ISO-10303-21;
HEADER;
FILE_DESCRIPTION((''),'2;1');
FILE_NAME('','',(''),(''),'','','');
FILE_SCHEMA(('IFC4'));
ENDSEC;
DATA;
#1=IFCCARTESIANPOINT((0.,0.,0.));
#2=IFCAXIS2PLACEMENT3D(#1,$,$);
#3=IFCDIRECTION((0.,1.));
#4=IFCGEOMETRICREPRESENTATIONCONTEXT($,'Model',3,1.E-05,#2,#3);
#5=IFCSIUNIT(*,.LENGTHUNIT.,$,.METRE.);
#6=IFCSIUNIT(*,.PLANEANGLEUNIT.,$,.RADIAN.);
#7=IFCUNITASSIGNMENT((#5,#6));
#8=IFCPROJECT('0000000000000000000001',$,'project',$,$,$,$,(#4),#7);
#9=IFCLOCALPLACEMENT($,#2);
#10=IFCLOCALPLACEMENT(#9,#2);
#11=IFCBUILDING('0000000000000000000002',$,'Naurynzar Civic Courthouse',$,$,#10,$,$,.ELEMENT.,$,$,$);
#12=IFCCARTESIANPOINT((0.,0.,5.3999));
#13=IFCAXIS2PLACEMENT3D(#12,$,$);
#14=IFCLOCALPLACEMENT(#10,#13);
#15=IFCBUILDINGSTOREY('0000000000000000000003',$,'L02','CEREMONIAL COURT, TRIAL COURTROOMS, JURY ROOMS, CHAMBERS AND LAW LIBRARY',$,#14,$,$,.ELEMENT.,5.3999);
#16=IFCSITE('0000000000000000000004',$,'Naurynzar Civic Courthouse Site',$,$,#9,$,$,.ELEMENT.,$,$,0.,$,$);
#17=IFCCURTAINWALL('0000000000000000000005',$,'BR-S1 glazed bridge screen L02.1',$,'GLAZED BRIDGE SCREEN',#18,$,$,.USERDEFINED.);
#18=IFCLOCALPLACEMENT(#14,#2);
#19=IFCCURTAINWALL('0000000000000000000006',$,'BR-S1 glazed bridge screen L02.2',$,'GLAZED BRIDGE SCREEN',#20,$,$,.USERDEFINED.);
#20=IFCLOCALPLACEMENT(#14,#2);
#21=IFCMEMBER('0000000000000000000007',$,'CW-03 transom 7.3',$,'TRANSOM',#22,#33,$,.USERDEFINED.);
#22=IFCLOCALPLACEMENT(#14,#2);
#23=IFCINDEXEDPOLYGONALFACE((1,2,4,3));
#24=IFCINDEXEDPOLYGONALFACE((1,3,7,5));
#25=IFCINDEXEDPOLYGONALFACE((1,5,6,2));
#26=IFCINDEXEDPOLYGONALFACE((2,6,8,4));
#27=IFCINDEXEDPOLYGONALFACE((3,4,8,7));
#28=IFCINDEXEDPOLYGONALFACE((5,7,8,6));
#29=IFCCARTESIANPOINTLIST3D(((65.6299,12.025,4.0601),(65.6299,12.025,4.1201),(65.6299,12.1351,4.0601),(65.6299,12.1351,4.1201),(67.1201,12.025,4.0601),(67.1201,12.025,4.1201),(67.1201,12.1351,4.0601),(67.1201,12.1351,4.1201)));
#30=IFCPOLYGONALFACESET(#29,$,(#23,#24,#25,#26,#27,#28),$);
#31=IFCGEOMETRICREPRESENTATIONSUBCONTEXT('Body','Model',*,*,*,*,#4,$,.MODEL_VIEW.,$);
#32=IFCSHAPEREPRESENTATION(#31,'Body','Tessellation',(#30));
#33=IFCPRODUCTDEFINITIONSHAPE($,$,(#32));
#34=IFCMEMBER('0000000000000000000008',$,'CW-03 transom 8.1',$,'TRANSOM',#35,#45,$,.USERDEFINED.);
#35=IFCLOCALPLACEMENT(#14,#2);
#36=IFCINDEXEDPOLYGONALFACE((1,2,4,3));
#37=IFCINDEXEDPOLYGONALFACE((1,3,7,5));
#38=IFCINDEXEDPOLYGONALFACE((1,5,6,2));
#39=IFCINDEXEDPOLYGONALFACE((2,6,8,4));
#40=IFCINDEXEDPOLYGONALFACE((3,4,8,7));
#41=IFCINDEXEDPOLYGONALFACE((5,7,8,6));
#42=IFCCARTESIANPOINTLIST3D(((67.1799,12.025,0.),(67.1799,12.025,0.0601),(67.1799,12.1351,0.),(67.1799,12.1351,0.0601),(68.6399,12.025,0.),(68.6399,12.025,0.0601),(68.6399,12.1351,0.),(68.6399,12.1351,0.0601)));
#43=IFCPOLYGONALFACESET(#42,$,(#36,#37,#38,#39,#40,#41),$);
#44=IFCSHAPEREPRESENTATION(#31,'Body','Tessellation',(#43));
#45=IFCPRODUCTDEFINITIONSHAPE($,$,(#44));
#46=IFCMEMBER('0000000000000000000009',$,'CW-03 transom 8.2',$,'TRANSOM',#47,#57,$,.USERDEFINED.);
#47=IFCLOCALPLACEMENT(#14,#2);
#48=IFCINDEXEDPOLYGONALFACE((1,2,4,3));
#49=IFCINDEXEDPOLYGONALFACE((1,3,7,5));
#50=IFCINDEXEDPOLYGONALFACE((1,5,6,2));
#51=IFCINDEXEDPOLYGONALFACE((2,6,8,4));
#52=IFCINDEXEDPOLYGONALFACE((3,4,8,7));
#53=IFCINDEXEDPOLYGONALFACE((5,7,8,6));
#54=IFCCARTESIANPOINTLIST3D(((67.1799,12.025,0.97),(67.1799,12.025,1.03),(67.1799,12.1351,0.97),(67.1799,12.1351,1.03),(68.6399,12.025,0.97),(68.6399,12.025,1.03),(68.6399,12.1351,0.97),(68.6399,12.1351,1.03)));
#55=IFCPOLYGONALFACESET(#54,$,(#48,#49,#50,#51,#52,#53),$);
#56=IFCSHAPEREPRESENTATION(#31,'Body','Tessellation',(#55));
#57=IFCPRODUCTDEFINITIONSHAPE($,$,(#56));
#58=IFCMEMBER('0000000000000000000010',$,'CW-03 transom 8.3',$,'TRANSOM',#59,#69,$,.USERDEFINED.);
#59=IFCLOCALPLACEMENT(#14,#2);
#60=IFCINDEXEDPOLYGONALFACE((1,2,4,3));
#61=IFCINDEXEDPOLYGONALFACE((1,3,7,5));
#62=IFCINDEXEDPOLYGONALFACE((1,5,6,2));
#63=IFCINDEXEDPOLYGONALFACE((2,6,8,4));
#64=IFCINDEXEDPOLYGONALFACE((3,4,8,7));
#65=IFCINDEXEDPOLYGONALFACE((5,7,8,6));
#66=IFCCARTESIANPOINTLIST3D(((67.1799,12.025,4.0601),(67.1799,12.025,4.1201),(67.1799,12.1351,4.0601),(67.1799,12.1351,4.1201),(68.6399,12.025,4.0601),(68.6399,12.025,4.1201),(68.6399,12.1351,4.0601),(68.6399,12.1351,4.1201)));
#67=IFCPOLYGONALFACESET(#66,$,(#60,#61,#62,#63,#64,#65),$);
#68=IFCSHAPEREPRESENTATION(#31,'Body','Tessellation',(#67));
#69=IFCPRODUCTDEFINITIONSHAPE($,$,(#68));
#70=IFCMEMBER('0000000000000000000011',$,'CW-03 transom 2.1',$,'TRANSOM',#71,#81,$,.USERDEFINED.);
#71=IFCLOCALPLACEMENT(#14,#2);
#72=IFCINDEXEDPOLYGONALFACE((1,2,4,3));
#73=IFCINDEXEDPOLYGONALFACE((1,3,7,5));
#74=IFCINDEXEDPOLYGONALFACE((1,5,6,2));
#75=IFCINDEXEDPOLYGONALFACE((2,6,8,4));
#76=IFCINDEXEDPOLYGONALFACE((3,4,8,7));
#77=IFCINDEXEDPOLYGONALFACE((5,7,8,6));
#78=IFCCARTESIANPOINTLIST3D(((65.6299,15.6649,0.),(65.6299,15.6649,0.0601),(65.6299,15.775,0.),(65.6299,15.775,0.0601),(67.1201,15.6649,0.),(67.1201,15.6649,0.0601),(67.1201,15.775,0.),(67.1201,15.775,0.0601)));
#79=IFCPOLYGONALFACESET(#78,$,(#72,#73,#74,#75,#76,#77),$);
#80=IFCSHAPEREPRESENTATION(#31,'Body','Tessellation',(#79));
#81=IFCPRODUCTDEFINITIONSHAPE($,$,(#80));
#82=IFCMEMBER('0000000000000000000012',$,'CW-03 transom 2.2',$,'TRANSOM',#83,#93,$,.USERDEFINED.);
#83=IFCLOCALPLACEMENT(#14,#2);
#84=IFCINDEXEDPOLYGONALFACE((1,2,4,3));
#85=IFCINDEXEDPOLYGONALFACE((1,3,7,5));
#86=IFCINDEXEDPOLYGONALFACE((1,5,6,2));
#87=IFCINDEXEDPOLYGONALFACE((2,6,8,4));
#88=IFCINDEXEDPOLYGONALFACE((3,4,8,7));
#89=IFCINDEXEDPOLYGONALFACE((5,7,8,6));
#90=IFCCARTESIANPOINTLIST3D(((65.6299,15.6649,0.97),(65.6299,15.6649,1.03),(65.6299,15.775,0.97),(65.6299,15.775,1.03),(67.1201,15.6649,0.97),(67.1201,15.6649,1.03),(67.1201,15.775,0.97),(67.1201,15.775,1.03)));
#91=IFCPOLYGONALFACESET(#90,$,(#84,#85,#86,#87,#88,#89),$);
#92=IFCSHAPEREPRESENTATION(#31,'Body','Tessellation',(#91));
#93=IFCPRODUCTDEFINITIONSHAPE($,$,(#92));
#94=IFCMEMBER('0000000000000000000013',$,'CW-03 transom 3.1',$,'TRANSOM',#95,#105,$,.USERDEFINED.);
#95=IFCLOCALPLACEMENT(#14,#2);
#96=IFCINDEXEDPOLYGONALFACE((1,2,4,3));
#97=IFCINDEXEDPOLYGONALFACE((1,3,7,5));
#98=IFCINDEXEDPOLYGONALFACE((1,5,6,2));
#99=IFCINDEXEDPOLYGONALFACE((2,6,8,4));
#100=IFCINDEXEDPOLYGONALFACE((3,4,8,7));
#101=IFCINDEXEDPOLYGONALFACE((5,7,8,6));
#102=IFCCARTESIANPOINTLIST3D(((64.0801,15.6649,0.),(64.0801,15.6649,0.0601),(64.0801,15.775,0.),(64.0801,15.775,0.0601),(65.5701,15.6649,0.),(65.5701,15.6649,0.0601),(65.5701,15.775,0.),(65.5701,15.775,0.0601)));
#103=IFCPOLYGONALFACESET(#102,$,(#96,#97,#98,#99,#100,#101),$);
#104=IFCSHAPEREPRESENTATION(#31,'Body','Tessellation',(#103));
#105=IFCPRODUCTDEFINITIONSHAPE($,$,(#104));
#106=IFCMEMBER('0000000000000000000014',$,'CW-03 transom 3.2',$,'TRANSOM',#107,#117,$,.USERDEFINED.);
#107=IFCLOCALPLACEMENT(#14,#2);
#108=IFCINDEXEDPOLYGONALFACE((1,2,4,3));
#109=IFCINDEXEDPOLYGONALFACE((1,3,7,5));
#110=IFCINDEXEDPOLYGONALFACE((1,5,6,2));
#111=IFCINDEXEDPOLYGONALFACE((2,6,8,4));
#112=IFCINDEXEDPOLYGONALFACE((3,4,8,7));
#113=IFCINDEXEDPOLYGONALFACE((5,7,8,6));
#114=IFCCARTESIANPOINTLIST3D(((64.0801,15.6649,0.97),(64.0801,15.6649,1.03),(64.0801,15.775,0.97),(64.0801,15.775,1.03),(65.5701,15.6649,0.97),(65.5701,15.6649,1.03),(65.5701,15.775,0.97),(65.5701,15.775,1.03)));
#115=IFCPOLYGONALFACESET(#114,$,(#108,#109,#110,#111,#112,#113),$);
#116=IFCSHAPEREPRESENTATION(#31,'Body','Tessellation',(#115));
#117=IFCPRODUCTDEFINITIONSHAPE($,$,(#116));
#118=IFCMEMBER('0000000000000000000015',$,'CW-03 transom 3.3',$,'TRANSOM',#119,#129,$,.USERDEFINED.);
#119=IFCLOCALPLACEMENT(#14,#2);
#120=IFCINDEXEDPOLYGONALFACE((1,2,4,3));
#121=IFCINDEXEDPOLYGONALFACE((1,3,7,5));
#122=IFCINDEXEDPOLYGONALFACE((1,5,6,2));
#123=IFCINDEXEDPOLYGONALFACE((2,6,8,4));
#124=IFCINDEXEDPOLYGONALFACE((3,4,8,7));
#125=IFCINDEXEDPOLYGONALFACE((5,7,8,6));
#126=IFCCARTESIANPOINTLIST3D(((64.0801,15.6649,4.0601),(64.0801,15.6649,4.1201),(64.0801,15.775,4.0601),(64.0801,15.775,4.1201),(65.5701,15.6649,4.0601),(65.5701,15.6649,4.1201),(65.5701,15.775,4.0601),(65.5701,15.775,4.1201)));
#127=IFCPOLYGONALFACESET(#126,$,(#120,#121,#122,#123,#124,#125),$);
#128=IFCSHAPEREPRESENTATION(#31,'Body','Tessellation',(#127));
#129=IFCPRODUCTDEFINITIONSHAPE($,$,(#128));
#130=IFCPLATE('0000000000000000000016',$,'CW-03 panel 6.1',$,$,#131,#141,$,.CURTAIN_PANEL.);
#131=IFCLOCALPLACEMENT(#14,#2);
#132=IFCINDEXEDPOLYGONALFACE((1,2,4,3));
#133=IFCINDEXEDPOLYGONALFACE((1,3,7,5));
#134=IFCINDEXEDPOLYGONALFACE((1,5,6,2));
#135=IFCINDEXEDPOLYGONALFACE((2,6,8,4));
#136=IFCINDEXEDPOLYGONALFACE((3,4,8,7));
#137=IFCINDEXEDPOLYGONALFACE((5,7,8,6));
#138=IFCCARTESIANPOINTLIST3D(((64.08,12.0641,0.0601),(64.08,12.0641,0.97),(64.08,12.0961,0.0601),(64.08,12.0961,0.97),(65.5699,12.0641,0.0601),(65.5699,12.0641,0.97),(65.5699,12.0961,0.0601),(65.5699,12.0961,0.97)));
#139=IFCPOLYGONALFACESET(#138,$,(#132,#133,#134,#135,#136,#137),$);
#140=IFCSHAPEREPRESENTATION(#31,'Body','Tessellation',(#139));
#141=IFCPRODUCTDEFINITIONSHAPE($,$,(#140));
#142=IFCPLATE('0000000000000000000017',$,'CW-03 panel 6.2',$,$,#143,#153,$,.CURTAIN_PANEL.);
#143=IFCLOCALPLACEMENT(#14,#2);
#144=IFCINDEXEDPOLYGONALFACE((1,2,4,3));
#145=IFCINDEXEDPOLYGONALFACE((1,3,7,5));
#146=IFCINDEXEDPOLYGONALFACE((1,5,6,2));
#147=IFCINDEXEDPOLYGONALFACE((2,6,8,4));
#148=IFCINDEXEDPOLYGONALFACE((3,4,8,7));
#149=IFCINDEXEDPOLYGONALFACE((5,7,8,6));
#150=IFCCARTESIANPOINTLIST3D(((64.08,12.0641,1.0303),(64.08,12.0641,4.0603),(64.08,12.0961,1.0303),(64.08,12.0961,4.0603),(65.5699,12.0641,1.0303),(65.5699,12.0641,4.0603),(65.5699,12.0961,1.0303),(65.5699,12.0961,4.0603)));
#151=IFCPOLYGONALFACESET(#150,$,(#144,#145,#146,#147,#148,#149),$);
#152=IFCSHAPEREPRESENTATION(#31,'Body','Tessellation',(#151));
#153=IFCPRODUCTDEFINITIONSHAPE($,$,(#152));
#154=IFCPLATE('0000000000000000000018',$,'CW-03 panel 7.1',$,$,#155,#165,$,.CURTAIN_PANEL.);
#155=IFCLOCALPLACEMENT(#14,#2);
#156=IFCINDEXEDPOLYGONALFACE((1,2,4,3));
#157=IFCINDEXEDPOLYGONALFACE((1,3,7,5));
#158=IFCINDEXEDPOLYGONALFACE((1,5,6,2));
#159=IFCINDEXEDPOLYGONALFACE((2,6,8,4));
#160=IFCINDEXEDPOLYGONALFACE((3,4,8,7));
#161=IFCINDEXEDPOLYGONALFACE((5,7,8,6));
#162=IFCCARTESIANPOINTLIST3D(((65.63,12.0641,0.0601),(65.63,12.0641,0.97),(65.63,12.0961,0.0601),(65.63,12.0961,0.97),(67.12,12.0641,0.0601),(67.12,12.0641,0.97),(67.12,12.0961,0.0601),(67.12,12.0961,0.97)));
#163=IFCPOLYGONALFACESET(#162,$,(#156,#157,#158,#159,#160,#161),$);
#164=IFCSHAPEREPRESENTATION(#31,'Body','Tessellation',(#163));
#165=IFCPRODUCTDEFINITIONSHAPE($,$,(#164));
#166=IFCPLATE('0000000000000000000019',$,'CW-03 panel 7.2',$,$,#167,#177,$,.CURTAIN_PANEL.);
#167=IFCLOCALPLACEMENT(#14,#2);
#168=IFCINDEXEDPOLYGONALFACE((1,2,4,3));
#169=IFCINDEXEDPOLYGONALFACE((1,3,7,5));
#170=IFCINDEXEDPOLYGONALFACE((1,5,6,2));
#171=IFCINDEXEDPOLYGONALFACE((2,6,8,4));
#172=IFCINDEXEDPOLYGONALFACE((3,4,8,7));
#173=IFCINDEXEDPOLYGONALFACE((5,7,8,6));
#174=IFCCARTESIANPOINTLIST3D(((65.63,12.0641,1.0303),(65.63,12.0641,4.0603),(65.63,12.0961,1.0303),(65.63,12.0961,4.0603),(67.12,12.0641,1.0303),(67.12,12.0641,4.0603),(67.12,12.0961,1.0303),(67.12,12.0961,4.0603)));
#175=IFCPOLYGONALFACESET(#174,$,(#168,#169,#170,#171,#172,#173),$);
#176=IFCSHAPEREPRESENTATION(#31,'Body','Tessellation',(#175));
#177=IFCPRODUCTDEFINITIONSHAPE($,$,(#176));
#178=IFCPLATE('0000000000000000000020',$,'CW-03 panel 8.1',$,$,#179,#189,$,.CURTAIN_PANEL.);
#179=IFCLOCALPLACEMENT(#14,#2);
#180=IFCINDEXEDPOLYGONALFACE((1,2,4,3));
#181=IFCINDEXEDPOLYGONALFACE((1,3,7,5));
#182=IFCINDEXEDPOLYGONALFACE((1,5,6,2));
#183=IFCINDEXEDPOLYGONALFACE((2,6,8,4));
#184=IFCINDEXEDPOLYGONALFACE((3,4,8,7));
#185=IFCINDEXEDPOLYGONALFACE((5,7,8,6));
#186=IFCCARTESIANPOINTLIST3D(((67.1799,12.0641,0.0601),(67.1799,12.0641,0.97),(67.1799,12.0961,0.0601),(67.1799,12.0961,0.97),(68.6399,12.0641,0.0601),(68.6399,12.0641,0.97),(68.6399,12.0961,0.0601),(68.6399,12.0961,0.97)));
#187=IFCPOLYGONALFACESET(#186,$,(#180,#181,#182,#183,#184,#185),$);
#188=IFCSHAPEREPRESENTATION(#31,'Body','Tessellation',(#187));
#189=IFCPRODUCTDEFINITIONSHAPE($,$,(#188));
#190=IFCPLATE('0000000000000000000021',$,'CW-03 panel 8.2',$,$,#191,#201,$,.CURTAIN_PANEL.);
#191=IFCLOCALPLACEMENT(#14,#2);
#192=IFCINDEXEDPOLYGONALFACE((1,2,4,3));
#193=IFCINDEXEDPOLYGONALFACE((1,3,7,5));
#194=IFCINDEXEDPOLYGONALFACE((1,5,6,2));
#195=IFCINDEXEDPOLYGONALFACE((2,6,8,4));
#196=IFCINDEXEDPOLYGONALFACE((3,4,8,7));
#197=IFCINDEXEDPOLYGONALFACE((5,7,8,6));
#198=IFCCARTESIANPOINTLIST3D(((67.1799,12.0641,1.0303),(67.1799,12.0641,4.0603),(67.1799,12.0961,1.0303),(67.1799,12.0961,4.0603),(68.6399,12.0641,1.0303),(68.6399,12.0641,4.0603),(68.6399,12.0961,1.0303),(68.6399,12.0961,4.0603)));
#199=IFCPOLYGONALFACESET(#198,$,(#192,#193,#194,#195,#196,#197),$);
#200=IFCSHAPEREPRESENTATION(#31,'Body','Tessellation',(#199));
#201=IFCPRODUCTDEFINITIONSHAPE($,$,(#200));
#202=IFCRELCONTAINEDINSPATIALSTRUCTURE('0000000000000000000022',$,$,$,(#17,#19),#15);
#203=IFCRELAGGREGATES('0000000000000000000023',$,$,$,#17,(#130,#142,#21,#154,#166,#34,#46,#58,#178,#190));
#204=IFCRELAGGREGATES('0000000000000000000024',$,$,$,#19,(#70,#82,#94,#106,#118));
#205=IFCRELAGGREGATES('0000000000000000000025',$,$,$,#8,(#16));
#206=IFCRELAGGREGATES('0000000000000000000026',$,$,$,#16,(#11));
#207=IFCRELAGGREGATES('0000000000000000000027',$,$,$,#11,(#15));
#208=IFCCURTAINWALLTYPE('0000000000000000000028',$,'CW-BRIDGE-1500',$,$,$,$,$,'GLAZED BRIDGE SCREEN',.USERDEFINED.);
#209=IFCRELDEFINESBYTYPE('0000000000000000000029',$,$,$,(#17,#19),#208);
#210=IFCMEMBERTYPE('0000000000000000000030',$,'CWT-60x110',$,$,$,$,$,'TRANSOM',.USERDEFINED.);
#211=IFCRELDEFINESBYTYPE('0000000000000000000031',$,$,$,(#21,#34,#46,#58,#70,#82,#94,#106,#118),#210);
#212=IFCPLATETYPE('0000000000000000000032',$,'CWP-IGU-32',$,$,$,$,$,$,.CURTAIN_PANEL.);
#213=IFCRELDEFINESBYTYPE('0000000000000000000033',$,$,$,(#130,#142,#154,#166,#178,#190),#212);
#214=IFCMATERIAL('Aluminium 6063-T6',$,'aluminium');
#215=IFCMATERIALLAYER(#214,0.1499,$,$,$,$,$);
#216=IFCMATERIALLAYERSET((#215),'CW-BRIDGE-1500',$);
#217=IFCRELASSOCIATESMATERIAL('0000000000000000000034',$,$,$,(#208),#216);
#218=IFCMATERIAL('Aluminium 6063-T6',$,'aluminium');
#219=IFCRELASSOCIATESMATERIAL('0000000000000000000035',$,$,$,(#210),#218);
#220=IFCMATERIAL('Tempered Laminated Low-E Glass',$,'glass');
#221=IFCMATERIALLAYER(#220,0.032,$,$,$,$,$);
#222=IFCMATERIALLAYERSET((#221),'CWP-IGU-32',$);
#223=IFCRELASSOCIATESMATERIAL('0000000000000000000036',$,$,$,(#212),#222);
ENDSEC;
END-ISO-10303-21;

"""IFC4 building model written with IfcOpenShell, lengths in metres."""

from ifc_helpers import new_model, si_unit, direction, frame, origin, origin_2d, place, context, subcontext, project, spatial, rectangle, extrude, material, layer, layer_set, material_profile, profile_set, type_object, element, aggregate, save


model = new_model("IFC4")

# Units and contexts
model_context = context("Model", 3, precision=1e-05, world=origin(), true_north=direction((0.0, 1.0)))
body_context = subcontext(model_context, "Body", "Model", "MODEL_VIEW")
ifc_project = project(units=[si_unit("LENGTHUNIT", "METRE"), si_unit("PLANEANGLEUNIT", "RADIAN")], contexts=[model_context])

# Site, building, storey
site_placement = place(None, origin())
site = spatial("IfcSite", under=ifc_project, at=site_placement, Name="Naurynzar Civic Courthouse Site", CompositionType="ELEMENT", RefElevation=0.0)
building_placement = place(site_placement, origin())
building = spatial("IfcBuilding", under=site, at=building_placement, Name="Naurynzar Civic Courthouse", CompositionType="ELEMENT")
storey_placement = place(building_placement, frame((0.0, 0.0, 5.3999)))
storey = spatial("IfcBuildingStorey", under=building, at=storey_placement, Name="L02", Description="CEREMONIAL COURT, TRIAL COURTROOMS, JURY ROOMS, CHAMBERS AND LAW LIBRARY", CompositionType="ELEMENT", Elevation=5.3999)

# Curtain walls
ifc_material_1 = material(Name="Aluminium 6063-T6", Category="aluminium")
ifc_layer_1 = layer(ifc_material_1, 0.1499)
ifc_layer_set_1 = layer_set([ifc_layer_1], Name="CW-BRIDGE-1500")
curtain_wall_type = type_object("IfcCurtainWallType", Name="CW-BRIDGE-1500", ElementType="GLAZED BRIDGE SCREEN", PredefinedType="USERDEFINED", material=ifc_layer_set_1)
curtain_wall_1_placement = place(storey_placement, origin())
curtain_wall_1 = element("IfcCurtainWall", 1, at=curtain_wall_1_placement, inside=storey, type_object=curtain_wall_type, Name="BR-S1 glazed bridge screen L02.1", ObjectType="GLAZED BRIDGE SCREEN", PredefinedType="USERDEFINED")
curtain_wall_2_placement = place(storey_placement, origin())
curtain_wall_2 = element("IfcCurtainWall", 2, at=curtain_wall_2_placement, inside=storey, type_object=curtain_wall_type, Name="BR-S1 glazed bridge screen L02.2", ObjectType="GLAZED BRIDGE SCREEN", PredefinedType="USERDEFINED")

# Members
ifc_material_2 = material(Name="Aluminium 6063-T6", Category="aluminium")
ifc_material_profile_1 = material_profile(ifc_material_2, rectangle(XDim=0.1101, YDim=0.0601, at=origin_2d()), Name="ALU TRANSOM 60x110")
ifc_profile_set_1 = profile_set([ifc_material_profile_1], Name="Aluminium 6063-T6")
member_type_1 = type_object("IfcMemberType", Name="CWT-60x110", ElementType="TRANSOM", PredefinedType="USERDEFINED", material=ifc_profile_set_1)
member_1_placement = place(storey_placement, frame((65.6299, 12.0801, 4.0901), z_axis=(1.0, 0.0, 0.0), x_axis=(0.0, 1.0, 0.0)))
member_1 = element("IfcMember", 3, at=member_1_placement, type_object=member_type_1, Name="CW-03 transom 7.3", ObjectType="TRANSOM", PredefinedType="USERDEFINED", context=body_context, shape_type="SweptSolid", body=[
    extrude(rectangle(XDim=0.1101, YDim=0.0601, at=origin_2d()), origin(), (0.0, 0.0, 1.0), 1.4902),
])
member_2_placement = place(storey_placement, frame((67.1799, 12.0801, 0.03), z_axis=(1.0, 0.0, 0.0), x_axis=(0.0, 1.0, 0.0)))
member_2 = element("IfcMember", 4, at=member_2_placement, type_object=member_type_1, Name="CW-03 transom 8.1", ObjectType="TRANSOM", PredefinedType="USERDEFINED", context=body_context, shape_type="SweptSolid", body=[
    extrude(rectangle(XDim=0.1101, YDim=0.0601, at=origin_2d()), origin(), (0.0, 0.0, 1.0), 1.46),
])
member_3_placement = place(storey_placement, frame((67.1799, 12.0801, 1.0), z_axis=(1.0, 0.0, 0.0), x_axis=(0.0, 1.0, 0.0)))
member_3 = element("IfcMember", 5, at=member_3_placement, type_object=member_type_1, Name="CW-03 transom 8.2", ObjectType="TRANSOM", PredefinedType="USERDEFINED", context=body_context, shape_type="SweptSolid", body=[
    extrude(rectangle(XDim=0.1101, YDim=0.0601, at=origin_2d()), origin(), (0.0, 0.0, 1.0), 1.46),
])
member_4_placement = place(storey_placement, frame((67.1799, 12.0801, 4.0901), z_axis=(1.0, 0.0, 0.0), x_axis=(0.0, 1.0, 0.0)))
member_4 = element("IfcMember", 6, at=member_4_placement, type_object=member_type_1, Name="CW-03 transom 8.3", ObjectType="TRANSOM", PredefinedType="USERDEFINED", context=body_context, shape_type="SweptSolid", body=[
    extrude(rectangle(XDim=0.1101, YDim=0.0601, at=origin_2d()), origin(), (0.0, 0.0, 1.0), 1.46),
])
member_5_placement = place(storey_placement, frame((67.1201, 15.72, 0.03), z_axis=(-1.0, 0.0, 0.0), x_axis=(0.0, -1.0, 0.0)))
member_5 = element("IfcMember", 7, at=member_5_placement, type_object=member_type_1, Name="CW-03 transom 2.1", ObjectType="TRANSOM", PredefinedType="USERDEFINED", context=body_context, shape_type="SweptSolid", body=[
    extrude(rectangle(XDim=0.1101, YDim=0.0601, at=origin_2d()), origin(), (0.0, 0.0, 1.0), 1.4902),
])
member_6_placement = place(storey_placement, frame((67.1201, 15.72, 1.0), z_axis=(-1.0, 0.0, 0.0), x_axis=(0.0, -1.0, 0.0)))
member_6 = element("IfcMember", 8, at=member_6_placement, type_object=member_type_1, Name="CW-03 transom 2.2", ObjectType="TRANSOM", PredefinedType="USERDEFINED", context=body_context, shape_type="SweptSolid", body=[
    extrude(rectangle(XDim=0.1101, YDim=0.0601, at=origin_2d()), origin(), (0.0, 0.0, 1.0), 1.4902),
])
member_7_placement = place(storey_placement, frame((65.5701, 15.72, 0.03), z_axis=(-1.0, 0.0, 0.0), x_axis=(0.0, -1.0, 0.0)))
member_7 = element("IfcMember", 9, at=member_7_placement, type_object=member_type_1, Name="CW-03 transom 3.1", ObjectType="TRANSOM", PredefinedType="USERDEFINED", context=body_context, shape_type="SweptSolid", body=[
    extrude(rectangle(XDim=0.1101, YDim=0.0601, at=origin_2d()), origin(), (0.0, 0.0, 1.0), 1.49),
])
member_8_placement = place(storey_placement, frame((65.5701, 15.72, 1.0), z_axis=(-1.0, 0.0, 0.0), x_axis=(0.0, -1.0, 0.0)))
member_8 = element("IfcMember", 10, at=member_8_placement, type_object=member_type_1, Name="CW-03 transom 3.2", ObjectType="TRANSOM", PredefinedType="USERDEFINED", context=body_context, shape_type="SweptSolid", body=[
    extrude(rectangle(XDim=0.1101, YDim=0.0601, at=origin_2d()), origin(), (0.0, 0.0, 1.0), 1.49),
])
member_9_placement = place(storey_placement, frame((65.5701, 15.72, 4.0901), z_axis=(-1.0, 0.0, 0.0), x_axis=(0.0, -1.0, 0.0)))
member_9 = element("IfcMember", 11, at=member_9_placement, type_object=member_type_1, Name="CW-03 transom 3.3", ObjectType="TRANSOM", PredefinedType="USERDEFINED", context=body_context, shape_type="SweptSolid", body=[
    extrude(rectangle(XDim=0.1101, YDim=0.0601, at=origin_2d()), origin(), (0.0, 0.0, 1.0), 1.49),
])

# Plates
ifc_material_3 = material(Name="Tempered Laminated Low-E Glass", Category="glass")
ifc_layer_2 = layer(ifc_material_3, 0.032)
ifc_layer_set_2 = layer_set([ifc_layer_2], Name="CWP-IGU-32")
plate_type_1 = type_object("IfcPlateType", Name="CWP-IGU-32", PredefinedType="CURTAIN_PANEL", material=ifc_layer_set_2)
plate_1_placement = place(storey_placement, frame((64.825, 12.0801, 0.0601), z_axis=(0.0, 0.0, 1.0), x_axis=(1.0, 0.0, 0.0)))
plate_1 = element("IfcPlate", 12, at=plate_1_placement, type_object=plate_type_1, Name="CW-03 panel 6.1", PredefinedType="CURTAIN_PANEL", context=body_context, shape_type="SweptSolid", body=[
    extrude(rectangle(XDim=1.49, YDim=0.032, at=origin_2d()), origin(), (0.0, 0.0, 1.0), 0.9099),
])
plate_2_placement = place(storey_placement, frame((64.825, 12.0801, 1.0303), z_axis=(0.0, 0.0, 1.0), x_axis=(1.0, 0.0, 0.0)))
plate_2 = element("IfcPlate", 13, at=plate_2_placement, type_object=plate_type_1, Name="CW-03 panel 6.2", PredefinedType="CURTAIN_PANEL", context=body_context, shape_type="SweptSolid", body=[
    extrude(rectangle(XDim=1.49, YDim=0.032, at=origin_2d()), origin(), (0.0, 0.0, 1.0), 3.03),
])
plate_3_placement = place(storey_placement, frame((66.375, 12.0801, 0.0601), z_axis=(0.0, 0.0, 1.0), x_axis=(1.0, 0.0, 0.0)))
plate_3 = element("IfcPlate", 14, at=plate_3_placement, type_object=plate_type_1, Name="CW-03 panel 7.1", PredefinedType="CURTAIN_PANEL", context=body_context, shape_type="SweptSolid", body=[
    extrude(rectangle(XDim=1.49, YDim=0.032, at=origin_2d()), origin(), (0.0, 0.0, 1.0), 0.9099),
])
plate_4_placement = place(storey_placement, frame((66.375, 12.0801, 1.0303), z_axis=(0.0, 0.0, 1.0), x_axis=(1.0, 0.0, 0.0)))
plate_4 = element("IfcPlate", 15, at=plate_4_placement, type_object=plate_type_1, Name="CW-03 panel 7.2", PredefinedType="CURTAIN_PANEL", context=body_context, shape_type="SweptSolid", body=[
    extrude(rectangle(XDim=1.49, YDim=0.032, at=origin_2d()), origin(), (0.0, 0.0, 1.0), 3.03),
])
plate_5_placement = place(storey_placement, frame((67.9099, 12.0801, 0.0601), z_axis=(0.0, 0.0, 1.0), x_axis=(1.0, 0.0, 0.0)))
plate_5 = element("IfcPlate", 16, at=plate_5_placement, type_object=plate_type_1, Name="CW-03 panel 8.1", PredefinedType="CURTAIN_PANEL", context=body_context, shape_type="SweptSolid", body=[
    extrude(rectangle(XDim=1.46, YDim=0.032, at=origin_2d()), origin(), (0.0, 0.0, 1.0), 0.9099),
])
plate_6_placement = place(storey_placement, frame((67.9099, 12.0801, 1.0303), z_axis=(0.0, 0.0, 1.0), x_axis=(1.0, 0.0, 0.0)))
plate_6 = element("IfcPlate", 17, at=plate_6_placement, type_object=plate_type_1, Name="CW-03 panel 8.2", PredefinedType="CURTAIN_PANEL", context=body_context, shape_type="SweptSolid", body=[
    extrude(rectangle(XDim=1.46, YDim=0.032, at=origin_2d()), origin(), (0.0, 0.0, 1.0), 3.03),
])
aggregate(curtain_wall_1, [plate_1, plate_2, member_1, plate_3, plate_4, member_2, member_3, member_4, plate_5, plate_6])
aggregate(curtain_wall_2, [member_5, member_6, member_7, member_8, member_9])

save(model, "model.ifc")
